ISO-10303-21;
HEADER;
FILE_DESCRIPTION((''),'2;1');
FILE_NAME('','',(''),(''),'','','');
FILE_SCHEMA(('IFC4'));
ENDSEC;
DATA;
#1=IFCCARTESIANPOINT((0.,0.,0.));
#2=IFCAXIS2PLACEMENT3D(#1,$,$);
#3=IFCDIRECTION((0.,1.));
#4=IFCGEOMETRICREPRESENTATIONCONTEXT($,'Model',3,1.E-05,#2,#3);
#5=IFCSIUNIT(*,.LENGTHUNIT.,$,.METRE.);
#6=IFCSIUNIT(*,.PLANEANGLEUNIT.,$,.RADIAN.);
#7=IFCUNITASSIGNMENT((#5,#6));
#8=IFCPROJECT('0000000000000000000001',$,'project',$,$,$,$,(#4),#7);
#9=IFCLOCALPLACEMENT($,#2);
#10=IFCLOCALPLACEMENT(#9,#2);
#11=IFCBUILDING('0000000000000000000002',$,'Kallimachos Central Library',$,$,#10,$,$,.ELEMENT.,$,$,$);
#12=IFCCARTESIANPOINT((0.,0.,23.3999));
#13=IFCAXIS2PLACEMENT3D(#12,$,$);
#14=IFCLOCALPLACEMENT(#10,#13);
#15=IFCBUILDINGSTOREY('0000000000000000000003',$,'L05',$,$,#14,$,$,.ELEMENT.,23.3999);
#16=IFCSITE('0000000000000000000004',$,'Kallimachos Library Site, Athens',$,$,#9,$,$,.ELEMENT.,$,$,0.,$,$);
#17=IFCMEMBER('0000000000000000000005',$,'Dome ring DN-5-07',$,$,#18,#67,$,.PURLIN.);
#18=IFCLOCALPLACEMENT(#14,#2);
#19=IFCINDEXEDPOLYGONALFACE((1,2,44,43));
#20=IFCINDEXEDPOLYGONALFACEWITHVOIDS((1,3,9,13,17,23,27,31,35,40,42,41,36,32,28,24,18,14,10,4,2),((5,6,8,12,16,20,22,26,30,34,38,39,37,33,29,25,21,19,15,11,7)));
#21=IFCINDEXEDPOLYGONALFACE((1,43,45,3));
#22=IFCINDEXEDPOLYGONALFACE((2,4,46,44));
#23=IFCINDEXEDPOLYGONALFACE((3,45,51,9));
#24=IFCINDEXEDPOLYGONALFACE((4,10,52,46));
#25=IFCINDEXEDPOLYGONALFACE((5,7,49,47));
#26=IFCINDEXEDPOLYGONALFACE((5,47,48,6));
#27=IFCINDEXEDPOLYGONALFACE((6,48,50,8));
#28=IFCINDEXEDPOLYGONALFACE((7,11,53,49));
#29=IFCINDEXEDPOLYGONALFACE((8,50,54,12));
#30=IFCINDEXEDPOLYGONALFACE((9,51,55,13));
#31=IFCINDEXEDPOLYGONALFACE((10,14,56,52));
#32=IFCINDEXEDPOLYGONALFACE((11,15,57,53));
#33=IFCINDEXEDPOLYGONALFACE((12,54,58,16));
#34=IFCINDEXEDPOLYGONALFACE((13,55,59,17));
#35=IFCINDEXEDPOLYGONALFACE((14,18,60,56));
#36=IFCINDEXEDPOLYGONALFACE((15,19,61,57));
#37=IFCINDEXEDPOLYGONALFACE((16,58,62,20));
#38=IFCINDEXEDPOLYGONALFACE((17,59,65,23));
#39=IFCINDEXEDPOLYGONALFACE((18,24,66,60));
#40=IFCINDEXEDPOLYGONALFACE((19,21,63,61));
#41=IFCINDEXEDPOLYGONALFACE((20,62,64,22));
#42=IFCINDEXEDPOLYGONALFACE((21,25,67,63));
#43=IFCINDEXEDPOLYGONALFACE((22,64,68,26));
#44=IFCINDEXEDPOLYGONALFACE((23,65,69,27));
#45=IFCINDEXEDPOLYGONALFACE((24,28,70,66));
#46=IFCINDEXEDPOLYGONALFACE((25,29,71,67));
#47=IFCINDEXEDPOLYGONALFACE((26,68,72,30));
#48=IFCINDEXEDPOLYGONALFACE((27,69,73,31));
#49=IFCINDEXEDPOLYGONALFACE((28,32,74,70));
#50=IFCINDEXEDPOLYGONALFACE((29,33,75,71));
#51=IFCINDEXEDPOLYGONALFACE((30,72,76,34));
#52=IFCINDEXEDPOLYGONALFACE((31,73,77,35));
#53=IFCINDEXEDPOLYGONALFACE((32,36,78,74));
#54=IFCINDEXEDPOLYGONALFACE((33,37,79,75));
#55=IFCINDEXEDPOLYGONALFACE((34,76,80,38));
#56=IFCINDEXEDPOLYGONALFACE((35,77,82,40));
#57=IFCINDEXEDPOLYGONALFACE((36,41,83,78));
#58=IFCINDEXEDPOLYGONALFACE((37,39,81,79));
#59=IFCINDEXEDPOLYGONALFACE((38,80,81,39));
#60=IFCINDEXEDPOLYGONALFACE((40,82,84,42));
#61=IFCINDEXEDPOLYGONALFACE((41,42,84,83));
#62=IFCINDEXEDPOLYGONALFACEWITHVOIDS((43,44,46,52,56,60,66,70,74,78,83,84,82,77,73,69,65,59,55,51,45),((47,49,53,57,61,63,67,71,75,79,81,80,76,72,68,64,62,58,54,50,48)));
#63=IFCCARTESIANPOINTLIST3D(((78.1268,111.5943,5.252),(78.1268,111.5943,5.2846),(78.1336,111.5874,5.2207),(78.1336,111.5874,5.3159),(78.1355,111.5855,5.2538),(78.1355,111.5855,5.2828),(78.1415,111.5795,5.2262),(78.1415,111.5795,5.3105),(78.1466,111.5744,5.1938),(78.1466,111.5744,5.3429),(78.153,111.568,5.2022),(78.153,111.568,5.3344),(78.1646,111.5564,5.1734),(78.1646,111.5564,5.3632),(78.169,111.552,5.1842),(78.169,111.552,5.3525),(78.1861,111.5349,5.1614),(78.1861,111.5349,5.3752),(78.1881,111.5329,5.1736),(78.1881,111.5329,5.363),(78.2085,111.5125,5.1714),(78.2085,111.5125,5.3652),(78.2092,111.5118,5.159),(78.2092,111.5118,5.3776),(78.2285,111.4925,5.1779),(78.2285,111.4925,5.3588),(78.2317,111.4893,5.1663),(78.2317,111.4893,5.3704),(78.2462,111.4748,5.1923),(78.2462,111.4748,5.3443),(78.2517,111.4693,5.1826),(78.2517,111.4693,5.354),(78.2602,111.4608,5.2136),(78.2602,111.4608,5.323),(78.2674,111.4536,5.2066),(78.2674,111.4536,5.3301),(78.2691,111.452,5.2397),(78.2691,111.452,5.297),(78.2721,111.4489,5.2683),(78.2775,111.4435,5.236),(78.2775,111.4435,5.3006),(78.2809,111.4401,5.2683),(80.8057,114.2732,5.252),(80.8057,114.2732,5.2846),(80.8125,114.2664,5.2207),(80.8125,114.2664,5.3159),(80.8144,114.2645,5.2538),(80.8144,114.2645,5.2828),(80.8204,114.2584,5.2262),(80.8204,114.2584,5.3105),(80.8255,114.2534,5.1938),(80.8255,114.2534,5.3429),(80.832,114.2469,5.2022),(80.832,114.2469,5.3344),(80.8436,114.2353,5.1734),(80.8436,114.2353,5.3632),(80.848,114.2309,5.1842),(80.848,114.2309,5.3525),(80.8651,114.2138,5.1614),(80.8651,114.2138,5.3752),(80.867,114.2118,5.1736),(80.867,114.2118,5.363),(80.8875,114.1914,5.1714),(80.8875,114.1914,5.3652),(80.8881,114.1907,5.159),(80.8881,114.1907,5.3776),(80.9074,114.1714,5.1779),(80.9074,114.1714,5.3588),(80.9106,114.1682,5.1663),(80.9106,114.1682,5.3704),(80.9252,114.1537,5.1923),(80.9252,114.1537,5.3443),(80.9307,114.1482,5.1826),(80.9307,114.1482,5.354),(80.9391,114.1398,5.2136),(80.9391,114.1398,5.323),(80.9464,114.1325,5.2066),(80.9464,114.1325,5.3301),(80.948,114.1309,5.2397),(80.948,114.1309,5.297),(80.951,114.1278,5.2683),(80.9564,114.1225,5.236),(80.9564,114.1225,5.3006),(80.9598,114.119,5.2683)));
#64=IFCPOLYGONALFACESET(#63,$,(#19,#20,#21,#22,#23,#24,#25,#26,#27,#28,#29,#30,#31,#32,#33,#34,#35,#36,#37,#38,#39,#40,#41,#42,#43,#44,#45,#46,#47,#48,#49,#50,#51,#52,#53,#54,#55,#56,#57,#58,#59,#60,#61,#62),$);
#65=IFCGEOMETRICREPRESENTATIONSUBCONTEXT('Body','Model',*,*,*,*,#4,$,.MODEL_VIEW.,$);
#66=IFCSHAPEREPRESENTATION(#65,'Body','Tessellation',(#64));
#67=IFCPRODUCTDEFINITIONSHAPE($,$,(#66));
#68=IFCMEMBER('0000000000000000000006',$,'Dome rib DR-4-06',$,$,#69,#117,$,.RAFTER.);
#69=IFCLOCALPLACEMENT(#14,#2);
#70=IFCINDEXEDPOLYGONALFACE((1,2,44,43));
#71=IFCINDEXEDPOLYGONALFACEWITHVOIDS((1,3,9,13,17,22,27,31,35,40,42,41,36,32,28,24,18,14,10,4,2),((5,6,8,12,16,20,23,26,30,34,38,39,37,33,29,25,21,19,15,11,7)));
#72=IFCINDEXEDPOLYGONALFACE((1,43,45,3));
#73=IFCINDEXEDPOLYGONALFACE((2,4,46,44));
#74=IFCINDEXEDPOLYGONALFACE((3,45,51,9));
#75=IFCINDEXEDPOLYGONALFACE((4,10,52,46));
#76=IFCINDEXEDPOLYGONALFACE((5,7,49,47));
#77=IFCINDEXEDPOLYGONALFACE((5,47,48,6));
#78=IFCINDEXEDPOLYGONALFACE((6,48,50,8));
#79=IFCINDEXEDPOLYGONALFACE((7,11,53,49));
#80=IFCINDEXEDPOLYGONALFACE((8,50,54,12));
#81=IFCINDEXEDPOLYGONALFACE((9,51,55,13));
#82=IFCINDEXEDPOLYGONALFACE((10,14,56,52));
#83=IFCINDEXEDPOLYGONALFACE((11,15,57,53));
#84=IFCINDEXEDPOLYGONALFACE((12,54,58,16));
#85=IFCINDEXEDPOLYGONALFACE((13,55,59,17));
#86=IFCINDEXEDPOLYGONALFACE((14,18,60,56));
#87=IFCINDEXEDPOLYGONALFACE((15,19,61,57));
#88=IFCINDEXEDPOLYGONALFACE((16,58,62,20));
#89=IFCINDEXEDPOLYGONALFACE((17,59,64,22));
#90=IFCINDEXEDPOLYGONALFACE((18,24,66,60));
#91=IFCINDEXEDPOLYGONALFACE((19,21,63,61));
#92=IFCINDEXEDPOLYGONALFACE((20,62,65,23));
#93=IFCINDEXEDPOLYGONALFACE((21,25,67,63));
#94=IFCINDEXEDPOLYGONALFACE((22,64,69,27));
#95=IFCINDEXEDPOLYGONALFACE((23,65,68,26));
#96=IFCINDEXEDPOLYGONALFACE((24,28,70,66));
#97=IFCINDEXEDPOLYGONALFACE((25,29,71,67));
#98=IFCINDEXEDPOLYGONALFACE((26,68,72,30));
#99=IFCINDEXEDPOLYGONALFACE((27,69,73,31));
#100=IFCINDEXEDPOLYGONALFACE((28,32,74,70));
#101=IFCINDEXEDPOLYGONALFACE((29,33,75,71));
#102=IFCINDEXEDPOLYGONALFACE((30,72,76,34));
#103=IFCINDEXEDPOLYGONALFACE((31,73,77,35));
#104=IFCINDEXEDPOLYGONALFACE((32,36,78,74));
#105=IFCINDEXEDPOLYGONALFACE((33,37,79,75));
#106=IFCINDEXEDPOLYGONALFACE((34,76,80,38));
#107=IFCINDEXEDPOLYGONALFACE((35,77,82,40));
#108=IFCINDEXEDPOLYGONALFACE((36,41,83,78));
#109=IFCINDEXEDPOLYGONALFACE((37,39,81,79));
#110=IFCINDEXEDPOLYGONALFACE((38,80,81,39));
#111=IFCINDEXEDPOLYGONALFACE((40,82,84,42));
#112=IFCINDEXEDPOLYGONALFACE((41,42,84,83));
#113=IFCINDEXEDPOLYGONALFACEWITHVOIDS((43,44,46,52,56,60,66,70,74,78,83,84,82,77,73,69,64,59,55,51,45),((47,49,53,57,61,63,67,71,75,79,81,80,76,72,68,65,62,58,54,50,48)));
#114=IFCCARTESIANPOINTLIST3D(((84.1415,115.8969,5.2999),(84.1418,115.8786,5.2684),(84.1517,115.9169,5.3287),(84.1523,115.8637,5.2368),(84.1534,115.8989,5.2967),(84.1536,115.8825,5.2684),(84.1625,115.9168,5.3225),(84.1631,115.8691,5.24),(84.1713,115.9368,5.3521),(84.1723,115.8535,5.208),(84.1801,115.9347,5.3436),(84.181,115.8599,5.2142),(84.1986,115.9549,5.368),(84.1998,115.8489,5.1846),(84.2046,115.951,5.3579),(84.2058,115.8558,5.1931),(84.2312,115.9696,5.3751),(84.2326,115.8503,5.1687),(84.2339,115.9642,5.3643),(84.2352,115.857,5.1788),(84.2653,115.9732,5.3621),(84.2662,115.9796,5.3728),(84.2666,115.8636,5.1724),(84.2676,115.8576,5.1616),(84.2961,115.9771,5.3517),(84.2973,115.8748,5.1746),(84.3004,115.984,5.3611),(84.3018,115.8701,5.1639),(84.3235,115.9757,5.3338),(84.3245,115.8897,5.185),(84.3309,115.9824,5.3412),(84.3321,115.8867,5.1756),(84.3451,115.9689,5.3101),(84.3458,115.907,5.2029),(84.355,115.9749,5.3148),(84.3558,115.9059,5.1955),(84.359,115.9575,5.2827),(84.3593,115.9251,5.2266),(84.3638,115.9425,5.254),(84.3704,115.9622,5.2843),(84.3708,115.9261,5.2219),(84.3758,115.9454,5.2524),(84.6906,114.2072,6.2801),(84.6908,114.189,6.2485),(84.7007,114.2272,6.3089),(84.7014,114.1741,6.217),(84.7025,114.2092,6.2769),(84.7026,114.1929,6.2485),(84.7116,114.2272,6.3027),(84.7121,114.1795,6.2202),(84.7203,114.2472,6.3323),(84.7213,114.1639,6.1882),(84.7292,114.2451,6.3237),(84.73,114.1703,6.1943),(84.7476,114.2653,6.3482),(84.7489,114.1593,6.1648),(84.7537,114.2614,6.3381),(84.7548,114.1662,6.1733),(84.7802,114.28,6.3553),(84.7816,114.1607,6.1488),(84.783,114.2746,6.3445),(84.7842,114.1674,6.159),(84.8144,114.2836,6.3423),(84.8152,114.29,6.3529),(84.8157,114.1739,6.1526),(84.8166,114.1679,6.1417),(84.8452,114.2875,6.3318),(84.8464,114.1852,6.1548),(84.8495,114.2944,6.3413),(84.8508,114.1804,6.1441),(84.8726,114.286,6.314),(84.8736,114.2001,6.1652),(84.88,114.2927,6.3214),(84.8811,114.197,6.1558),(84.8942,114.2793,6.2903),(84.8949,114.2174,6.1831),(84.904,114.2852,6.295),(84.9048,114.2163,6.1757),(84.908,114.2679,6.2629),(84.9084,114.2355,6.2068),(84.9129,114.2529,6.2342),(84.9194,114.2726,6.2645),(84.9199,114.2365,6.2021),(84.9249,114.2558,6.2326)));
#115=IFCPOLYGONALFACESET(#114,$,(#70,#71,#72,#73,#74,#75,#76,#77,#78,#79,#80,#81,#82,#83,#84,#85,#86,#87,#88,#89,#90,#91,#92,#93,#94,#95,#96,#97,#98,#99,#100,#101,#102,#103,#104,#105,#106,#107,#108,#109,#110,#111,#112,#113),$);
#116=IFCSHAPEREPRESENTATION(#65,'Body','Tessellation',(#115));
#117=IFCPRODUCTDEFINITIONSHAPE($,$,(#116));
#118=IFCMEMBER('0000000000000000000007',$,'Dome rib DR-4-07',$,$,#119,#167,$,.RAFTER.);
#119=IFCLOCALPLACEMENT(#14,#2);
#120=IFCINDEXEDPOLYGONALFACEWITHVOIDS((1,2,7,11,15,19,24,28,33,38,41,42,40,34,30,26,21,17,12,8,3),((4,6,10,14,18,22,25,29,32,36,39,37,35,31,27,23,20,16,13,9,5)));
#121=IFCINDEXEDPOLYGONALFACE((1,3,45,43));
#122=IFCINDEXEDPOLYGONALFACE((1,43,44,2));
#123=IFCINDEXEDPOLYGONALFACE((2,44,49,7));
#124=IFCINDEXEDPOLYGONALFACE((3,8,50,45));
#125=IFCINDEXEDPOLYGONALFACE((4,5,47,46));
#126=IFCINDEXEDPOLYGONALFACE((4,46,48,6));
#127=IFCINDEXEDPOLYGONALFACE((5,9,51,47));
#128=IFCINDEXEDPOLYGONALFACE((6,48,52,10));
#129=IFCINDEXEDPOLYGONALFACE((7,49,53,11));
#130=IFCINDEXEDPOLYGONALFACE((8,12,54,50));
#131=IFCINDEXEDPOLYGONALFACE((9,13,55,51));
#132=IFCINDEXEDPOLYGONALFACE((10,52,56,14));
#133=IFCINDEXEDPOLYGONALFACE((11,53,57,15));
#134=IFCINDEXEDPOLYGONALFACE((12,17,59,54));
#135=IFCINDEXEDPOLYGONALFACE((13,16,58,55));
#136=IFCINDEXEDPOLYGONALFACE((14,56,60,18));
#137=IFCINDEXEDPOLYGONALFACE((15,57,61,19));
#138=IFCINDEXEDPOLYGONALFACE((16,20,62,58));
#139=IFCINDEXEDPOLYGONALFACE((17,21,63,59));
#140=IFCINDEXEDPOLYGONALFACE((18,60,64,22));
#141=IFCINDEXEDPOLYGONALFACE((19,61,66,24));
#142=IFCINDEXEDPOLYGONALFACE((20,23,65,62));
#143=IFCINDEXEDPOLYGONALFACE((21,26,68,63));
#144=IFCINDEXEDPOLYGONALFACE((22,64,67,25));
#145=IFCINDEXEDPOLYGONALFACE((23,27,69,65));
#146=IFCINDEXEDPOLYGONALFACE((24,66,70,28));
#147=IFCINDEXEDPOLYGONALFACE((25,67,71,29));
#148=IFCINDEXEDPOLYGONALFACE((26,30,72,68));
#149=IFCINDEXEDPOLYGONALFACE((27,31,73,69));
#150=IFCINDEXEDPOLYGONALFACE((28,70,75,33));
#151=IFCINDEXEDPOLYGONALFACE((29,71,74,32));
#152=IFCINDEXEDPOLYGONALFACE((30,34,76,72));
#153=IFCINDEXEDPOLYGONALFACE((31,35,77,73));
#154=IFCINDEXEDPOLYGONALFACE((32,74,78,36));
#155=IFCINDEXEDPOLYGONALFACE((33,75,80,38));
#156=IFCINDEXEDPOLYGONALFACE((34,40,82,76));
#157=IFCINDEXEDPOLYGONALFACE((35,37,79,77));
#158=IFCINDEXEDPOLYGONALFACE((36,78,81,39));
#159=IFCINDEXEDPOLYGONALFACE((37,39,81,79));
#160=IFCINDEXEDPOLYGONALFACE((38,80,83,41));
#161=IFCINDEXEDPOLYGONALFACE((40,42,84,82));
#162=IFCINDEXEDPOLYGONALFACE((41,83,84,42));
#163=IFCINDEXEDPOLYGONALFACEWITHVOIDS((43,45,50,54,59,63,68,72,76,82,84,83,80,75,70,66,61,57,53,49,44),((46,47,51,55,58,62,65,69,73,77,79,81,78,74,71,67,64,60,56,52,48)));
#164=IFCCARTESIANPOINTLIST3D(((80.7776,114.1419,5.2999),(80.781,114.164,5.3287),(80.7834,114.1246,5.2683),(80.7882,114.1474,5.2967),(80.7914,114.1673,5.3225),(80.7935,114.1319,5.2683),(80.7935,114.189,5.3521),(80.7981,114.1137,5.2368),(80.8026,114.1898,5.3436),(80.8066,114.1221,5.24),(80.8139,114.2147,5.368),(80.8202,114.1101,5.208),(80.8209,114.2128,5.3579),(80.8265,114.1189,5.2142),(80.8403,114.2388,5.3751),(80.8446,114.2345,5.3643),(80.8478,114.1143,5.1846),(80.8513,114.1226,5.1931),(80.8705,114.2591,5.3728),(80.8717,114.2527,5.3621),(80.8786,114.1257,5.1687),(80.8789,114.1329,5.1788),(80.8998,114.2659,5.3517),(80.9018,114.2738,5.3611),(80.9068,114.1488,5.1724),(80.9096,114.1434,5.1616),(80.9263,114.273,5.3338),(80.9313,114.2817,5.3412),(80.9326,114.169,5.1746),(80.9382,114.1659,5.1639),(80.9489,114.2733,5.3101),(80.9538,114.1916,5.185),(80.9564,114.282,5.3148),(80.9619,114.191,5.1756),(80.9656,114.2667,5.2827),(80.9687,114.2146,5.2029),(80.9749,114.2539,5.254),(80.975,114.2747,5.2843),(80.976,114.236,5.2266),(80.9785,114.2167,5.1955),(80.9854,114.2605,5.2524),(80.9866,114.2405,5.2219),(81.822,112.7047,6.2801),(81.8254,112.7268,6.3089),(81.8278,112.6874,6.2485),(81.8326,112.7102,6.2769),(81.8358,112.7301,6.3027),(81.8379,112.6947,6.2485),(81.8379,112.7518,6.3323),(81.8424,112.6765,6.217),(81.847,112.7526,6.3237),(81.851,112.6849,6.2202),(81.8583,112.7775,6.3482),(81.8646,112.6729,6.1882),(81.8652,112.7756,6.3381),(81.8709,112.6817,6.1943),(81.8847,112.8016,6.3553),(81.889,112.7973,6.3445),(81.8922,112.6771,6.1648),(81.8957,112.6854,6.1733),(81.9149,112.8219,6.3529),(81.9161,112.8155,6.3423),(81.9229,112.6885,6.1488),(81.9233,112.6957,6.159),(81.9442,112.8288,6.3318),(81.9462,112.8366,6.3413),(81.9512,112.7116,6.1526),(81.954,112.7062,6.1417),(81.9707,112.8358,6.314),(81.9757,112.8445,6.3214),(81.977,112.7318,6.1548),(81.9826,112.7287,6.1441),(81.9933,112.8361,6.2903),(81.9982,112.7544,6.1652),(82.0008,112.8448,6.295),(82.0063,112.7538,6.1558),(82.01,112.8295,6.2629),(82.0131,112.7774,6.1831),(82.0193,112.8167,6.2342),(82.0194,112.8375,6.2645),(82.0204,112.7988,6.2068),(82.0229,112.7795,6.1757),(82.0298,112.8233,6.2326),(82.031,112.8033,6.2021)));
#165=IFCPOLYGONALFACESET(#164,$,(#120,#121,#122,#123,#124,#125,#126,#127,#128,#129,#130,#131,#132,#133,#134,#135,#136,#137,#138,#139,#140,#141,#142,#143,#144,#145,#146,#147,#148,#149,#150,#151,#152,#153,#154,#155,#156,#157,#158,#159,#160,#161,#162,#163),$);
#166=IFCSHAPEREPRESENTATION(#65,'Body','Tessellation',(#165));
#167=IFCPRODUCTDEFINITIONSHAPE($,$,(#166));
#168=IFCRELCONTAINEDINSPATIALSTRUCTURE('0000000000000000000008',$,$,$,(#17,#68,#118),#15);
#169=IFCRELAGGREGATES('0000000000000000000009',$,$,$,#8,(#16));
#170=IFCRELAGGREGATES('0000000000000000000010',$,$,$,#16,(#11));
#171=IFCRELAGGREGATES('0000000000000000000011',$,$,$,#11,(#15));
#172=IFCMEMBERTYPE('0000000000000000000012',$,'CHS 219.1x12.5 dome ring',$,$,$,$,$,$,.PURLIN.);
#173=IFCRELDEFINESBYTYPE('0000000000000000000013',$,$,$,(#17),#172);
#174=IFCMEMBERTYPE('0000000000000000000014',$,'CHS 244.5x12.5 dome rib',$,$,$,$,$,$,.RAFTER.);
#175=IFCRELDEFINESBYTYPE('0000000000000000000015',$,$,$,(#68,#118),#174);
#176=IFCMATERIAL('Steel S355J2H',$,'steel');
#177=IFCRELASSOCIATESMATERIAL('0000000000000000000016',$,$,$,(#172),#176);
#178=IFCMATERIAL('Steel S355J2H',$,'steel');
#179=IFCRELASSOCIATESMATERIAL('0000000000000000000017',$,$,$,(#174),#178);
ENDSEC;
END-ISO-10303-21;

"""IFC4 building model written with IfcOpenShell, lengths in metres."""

from ifc_helpers import new_model, si_unit, direction, frame, origin, origin_2d, place, context, subcontext, project, spatial, hollow_circle, extrude, material, material_profile, profile_set, type_object, element, save


model = new_model("IFC4")

# Units and contexts
model_context = context("Model", 3, precision=1e-05, world=origin(), true_north=direction((0.0, 1.0)))
body_context = subcontext(model_context, "Body", "Model", "MODEL_VIEW")
ifc_project = project(units=[si_unit("LENGTHUNIT", "METRE"), si_unit("PLANEANGLEUNIT", "RADIAN")], contexts=[model_context])

# Site, building, storey
site_placement = place(None, origin())
site = spatial("IfcSite", under=ifc_project, at=site_placement, Name="Kallimachos Library Site, Athens", CompositionType="ELEMENT", RefElevation=0.0)
building_placement = place(site_placement, origin())
building = spatial("IfcBuilding", under=site, at=building_placement, Name="Kallimachos Central Library", CompositionType="ELEMENT")
storey_placement = place(building_placement, frame((0.0, 0.0, 23.3999)))
storey = spatial("IfcBuildingStorey", under=building, at=storey_placement, Name="L05", CompositionType="ELEMENT", Elevation=23.3999)

# Members
ifc_material_1 = material(Name="Steel S355J2H", Category="steel")
ifc_material_profile_1 = material_profile(ifc_material_1, hollow_circle(Radius=0.1096, WallThickness=0.0125, at=origin_2d()), Name="CHS 219.1x12.5")
ifc_profile_set_1 = profile_set([ifc_material_profile_1], Name="Steel S355J2H")
member_type_1 = type_object("IfcMemberType", Name="CHS 219.1x12.5 dome ring", PredefinedType="PURLIN", material=ifc_profile_set_1)
for number, where, z_axis, x_axis, name in (
    (1, (80.8823, 114.1965, 5.2683), (-0.707107, -0.707107, 0.0), (0.707107, -0.707107, 0.0), "Dome ring DN-5-07"),
):
    element("IfcMember", number, at=place(storey_placement, frame(where, z_axis=z_axis, x_axis=x_axis)), inside=storey, type_object=member_type_1, Name=name, PredefinedType="PURLIN", context=body_context, shape_type="SweptSolid", body=[
        extrude(hollow_circle(Radius=0.1096, WallThickness=0.0125, at=origin_2d()), origin(), (0.0, 0.0, 1.0), 3.7886),
    ])
ifc_material_2 = material(Name="Steel S355J2H", Category="steel")
ifc_material_profile_2 = material_profile(ifc_material_2, hollow_circle(Radius=0.1223, WallThickness=0.0125, at=origin_2d()), Name="CHS 244.5x12.5")
ifc_profile_set_2 = profile_set([ifc_material_profile_2], Name="Steel S355J2H")
member_type_2 = type_object("IfcMemberType", Name="CHS 244.5x12.5 dome rib", PredefinedType="RAFTER", material=ifc_profile_set_2)
for number, where, z_axis, x_axis, name in (
    (2, (84.8071, 114.2268, 6.2485), (-0.270594, 0.832717, -0.483075), (-0.951047, -0.309046, 0.0), "Dome rib DR-4-06"),
    (3, (81.9268, 112.7593, 6.2485), (-0.514719, 0.70831, -0.483075), (-0.808962, -0.587861, 0.0), "Dome rib DR-4-07"),
):
    element("IfcMember", number, at=place(storey_placement, frame(where, z_axis=z_axis, x_axis=x_axis)), inside=storey, type_object=member_type_2, Name=name, PredefinedType="RAFTER", context=body_context, shape_type="SweptSolid", body=[
        extrude(hollow_circle(Radius=0.1223, WallThickness=0.0125, at=origin_2d()), origin(), (0.0, 0.0, 1.0), 2.0291),
    ])

save(model, "model.ifc")
